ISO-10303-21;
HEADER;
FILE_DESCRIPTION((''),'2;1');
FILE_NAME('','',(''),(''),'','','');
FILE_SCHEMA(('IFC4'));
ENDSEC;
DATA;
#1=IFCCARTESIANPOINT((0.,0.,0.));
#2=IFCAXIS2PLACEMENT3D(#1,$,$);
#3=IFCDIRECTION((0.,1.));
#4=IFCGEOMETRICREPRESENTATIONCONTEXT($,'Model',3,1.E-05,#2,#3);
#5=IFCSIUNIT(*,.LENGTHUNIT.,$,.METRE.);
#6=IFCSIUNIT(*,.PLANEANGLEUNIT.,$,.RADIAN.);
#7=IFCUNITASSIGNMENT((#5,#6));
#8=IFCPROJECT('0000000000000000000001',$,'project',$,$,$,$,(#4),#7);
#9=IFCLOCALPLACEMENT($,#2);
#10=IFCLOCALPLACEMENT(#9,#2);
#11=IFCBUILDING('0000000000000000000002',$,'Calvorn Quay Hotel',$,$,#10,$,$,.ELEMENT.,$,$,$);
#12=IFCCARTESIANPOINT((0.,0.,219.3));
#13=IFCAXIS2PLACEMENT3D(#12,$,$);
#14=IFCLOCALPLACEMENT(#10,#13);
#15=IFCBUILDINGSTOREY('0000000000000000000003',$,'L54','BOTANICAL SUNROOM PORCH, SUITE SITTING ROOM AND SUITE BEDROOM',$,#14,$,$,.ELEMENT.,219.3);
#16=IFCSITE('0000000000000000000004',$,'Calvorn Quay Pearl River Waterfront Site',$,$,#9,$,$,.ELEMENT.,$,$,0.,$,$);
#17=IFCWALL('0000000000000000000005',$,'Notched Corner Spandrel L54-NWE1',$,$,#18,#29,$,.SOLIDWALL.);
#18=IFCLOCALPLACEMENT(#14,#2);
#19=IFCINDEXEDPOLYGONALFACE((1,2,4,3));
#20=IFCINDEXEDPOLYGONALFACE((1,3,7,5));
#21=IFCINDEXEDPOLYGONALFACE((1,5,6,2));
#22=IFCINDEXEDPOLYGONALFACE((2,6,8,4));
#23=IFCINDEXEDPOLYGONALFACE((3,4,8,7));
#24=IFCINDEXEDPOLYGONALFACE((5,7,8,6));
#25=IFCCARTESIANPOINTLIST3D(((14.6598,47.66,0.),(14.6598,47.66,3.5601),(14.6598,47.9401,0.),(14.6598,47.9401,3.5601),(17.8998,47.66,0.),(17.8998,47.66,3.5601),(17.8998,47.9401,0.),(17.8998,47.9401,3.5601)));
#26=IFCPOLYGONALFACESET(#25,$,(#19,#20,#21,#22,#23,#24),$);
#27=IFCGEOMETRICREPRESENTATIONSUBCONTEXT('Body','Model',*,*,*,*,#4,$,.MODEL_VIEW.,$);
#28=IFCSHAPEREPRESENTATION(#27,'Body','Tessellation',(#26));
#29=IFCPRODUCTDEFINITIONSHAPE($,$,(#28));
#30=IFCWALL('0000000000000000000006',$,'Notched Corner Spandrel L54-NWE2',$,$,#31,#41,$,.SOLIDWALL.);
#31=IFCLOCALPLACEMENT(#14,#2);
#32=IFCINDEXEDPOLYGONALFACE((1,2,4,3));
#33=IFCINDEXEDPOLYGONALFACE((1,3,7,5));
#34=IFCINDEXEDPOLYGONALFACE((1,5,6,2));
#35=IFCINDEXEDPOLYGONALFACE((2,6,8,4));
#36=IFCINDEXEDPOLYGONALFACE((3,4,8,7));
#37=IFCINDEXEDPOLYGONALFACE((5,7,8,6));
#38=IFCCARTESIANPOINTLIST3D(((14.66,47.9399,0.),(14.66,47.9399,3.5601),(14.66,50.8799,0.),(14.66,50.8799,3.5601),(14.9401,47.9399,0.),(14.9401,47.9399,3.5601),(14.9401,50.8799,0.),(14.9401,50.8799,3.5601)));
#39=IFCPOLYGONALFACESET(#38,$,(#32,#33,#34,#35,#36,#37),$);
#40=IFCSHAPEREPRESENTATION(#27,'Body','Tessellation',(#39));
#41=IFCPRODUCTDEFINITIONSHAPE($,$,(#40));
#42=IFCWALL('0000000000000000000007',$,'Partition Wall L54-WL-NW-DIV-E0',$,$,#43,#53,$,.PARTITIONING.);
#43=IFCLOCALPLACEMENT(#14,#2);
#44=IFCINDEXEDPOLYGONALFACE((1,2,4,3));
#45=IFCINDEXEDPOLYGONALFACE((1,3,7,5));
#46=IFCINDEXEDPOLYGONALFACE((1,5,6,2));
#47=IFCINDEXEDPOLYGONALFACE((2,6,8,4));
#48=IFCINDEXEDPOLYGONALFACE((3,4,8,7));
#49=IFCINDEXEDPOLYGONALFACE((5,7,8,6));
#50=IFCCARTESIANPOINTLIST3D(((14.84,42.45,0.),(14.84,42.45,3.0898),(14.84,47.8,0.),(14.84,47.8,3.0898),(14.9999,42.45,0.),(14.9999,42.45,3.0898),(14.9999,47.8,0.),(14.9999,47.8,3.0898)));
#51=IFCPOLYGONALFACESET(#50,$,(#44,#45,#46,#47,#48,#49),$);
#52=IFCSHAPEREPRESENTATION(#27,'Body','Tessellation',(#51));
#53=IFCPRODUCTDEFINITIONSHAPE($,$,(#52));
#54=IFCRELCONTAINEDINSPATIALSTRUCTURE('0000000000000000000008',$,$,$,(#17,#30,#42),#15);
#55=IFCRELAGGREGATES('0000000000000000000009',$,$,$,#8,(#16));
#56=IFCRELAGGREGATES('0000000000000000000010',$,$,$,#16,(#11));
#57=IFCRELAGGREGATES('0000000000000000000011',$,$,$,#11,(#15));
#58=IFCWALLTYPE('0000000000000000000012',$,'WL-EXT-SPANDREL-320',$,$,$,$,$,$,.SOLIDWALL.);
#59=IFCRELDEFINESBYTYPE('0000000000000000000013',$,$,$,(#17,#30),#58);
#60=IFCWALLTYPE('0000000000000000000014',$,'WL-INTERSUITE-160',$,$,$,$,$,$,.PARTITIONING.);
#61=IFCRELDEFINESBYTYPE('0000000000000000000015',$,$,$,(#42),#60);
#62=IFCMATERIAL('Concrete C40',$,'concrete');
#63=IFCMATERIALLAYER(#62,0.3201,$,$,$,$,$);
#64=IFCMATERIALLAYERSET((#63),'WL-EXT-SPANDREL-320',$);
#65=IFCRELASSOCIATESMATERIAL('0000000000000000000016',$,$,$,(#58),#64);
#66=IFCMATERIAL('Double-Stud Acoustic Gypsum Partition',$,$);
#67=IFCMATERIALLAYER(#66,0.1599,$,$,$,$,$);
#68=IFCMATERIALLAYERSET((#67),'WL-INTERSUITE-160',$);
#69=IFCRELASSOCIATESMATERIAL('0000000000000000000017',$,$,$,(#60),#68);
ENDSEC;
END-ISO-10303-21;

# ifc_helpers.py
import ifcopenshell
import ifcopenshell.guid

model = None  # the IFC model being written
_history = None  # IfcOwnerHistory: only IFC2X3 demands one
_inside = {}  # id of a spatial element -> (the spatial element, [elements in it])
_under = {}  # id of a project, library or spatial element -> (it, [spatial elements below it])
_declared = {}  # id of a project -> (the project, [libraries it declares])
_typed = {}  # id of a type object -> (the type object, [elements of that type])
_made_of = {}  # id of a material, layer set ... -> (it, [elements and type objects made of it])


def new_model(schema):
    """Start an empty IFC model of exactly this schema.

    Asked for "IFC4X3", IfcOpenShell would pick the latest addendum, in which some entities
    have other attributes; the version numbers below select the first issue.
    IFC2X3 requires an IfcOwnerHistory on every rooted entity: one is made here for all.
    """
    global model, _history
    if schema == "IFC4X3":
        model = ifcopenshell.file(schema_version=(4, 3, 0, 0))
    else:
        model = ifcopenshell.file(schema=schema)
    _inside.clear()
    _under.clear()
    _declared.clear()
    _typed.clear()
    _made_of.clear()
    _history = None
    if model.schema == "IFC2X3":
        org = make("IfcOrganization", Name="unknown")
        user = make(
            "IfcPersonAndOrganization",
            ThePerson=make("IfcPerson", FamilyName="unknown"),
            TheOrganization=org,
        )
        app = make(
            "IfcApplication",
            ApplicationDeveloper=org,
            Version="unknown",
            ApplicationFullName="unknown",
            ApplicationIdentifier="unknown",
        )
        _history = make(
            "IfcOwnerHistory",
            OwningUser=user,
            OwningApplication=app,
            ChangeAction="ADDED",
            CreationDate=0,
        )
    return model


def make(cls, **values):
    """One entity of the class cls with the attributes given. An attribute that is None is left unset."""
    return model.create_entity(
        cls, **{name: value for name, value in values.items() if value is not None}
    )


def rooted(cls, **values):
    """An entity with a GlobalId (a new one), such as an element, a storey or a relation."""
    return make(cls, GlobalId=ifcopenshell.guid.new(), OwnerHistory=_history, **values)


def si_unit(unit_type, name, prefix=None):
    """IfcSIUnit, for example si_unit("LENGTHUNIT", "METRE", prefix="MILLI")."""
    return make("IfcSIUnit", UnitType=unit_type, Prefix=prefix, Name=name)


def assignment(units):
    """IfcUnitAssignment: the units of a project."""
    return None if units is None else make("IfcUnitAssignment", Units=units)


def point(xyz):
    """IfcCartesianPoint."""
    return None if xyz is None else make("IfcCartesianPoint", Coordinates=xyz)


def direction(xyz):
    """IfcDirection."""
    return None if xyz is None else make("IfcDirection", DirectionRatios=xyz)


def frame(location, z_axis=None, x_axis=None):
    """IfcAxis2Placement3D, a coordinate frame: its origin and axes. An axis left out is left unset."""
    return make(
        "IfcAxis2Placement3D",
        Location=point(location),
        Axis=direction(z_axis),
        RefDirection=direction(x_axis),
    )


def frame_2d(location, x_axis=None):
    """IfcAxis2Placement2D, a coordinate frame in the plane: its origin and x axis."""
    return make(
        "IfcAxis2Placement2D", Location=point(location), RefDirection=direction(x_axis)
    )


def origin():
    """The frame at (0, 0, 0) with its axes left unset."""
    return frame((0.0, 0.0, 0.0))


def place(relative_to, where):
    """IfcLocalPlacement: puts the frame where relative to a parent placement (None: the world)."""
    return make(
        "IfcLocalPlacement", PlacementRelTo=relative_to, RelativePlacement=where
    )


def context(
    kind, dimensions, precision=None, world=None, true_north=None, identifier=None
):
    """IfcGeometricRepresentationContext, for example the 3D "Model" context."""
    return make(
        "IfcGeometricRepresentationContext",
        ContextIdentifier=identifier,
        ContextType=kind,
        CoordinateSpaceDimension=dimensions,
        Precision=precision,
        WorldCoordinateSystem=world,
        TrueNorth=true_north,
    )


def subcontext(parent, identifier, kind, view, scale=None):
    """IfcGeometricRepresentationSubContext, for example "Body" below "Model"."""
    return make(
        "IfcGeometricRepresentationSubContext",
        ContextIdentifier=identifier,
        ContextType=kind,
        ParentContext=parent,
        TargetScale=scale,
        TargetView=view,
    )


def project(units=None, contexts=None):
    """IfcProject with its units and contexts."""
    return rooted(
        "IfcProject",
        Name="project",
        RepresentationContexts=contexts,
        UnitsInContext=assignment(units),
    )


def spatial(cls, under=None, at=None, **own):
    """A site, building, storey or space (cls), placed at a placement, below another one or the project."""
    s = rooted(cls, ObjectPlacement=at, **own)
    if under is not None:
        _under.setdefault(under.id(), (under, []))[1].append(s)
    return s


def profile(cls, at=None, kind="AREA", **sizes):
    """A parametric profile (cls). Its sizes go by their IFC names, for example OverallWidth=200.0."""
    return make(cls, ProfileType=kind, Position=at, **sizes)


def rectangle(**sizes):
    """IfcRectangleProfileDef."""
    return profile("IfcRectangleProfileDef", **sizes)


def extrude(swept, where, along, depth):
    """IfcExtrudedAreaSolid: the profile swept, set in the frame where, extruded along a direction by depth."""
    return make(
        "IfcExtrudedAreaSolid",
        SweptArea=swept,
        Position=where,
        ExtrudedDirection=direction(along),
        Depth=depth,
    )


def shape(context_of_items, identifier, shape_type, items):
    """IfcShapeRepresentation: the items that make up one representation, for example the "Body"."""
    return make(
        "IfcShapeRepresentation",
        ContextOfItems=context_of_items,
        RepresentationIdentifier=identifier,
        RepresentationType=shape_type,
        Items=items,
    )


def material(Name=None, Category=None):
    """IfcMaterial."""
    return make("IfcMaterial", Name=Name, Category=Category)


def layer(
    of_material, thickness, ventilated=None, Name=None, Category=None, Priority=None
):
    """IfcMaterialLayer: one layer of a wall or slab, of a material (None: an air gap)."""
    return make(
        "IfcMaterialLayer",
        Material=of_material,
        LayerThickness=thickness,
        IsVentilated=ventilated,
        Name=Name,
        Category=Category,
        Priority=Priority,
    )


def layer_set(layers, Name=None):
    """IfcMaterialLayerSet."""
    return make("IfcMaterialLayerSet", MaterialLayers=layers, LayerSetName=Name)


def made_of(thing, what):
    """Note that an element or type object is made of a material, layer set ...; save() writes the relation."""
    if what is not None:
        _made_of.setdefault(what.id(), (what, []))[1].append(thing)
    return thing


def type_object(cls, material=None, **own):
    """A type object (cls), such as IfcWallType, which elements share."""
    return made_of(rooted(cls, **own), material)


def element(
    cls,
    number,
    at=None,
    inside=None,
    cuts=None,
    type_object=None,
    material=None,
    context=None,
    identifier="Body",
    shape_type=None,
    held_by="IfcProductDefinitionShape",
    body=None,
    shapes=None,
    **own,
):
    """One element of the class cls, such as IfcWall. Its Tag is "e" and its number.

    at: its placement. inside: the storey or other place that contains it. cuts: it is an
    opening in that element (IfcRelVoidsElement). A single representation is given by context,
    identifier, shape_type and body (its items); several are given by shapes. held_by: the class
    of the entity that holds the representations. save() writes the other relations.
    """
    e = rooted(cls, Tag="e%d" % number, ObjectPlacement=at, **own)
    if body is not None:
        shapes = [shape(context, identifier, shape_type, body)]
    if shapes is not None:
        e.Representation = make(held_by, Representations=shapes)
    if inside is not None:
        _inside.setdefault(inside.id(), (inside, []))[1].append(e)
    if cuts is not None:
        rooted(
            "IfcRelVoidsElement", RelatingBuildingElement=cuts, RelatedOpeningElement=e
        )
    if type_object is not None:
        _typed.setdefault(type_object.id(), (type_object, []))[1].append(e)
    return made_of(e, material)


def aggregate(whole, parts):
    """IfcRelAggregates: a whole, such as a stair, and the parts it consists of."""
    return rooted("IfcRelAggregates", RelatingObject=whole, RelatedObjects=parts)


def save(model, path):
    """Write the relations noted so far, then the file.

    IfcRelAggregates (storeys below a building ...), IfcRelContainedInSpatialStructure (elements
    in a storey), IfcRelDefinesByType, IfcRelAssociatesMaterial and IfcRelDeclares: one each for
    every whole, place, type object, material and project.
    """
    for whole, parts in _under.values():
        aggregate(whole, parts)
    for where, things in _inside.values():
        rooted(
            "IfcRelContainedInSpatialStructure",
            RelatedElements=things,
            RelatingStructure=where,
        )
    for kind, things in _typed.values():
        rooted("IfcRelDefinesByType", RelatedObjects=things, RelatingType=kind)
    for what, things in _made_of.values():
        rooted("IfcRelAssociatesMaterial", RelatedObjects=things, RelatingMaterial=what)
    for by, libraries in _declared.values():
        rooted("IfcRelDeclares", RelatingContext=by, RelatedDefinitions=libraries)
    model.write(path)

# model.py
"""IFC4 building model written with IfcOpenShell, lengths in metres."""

from ifc_helpers import new_model, si_unit, direction, frame, frame_2d, origin, place, context, subcontext, project, spatial, rectangle, extrude, material, layer, layer_set, type_object, element, save


model = new_model("IFC4")

# Units and contexts
model_context = context("Model", 3, precision=1e-05, world=origin(), true_north=direction((0.0, 1.0)))
body_context = subcontext(model_context, "Body", "Model", "MODEL_VIEW")
ifc_project = project(units=[si_unit("LENGTHUNIT", "METRE"), si_unit("PLANEANGLEUNIT", "RADIAN")], contexts=[model_context])

# Site, building, storey
site_placement = place(None, origin())
site = spatial("IfcSite", under=ifc_project, at=site_placement, Name="Calvorn Quay Pearl River Waterfront Site", CompositionType="ELEMENT", RefElevation=0.0)
building_placement = place(site_placement, origin())
building = spatial("IfcBuilding", under=site, at=building_placement, Name="Calvorn Quay Hotel", CompositionType="ELEMENT")
storey_placement = place(building_placement, frame((0.0, 0.0, 219.3)))
storey = spatial("IfcBuildingStorey", under=building, at=storey_placement, Name="L54", Description="BOTANICAL SUNROOM PORCH, SUITE SITTING ROOM AND SUITE BEDROOM", CompositionType="ELEMENT", Elevation=219.3)

# Walls
ifc_material_1 = material(Name="Concrete C40", Category="concrete")
ifc_layer_1 = layer(ifc_material_1, 0.3201)
ifc_layer_set_1 = layer_set([ifc_layer_1], Name="WL-EXT-SPANDREL-320")
wall_type_1 = type_object("IfcWallType", Name="WL-EXT-SPANDREL-320", PredefinedType="SOLIDWALL", material=ifc_layer_set_1)
wall_1_placement = place(storey_placement, frame((17.8999, 47.8, 0.0), z_axis=(0.0, 0.0, 1.0), x_axis=(-1.0, 0.0, 0.0)))
element("IfcWall", 1, at=wall_1_placement, inside=storey, type_object=wall_type_1, Name="Notched Corner Spandrel L54-NWE1", PredefinedType="SOLIDWALL", context=body_context, shape_type="SweptSolid", body=[
    extrude(rectangle(XDim=3.24, YDim=0.28, at=frame_2d((1.6201, 0.0))), origin(), (0.0, 0.0, 1.0), 3.5601),
])
wall_2_placement = place(storey_placement, frame((14.8, 47.9399, 0.0), z_axis=(0.0, 0.0, 1.0), x_axis=(0.0, 1.0, 0.0)))
element("IfcWall", 2, at=wall_2_placement, inside=storey, type_object=wall_type_1, Name="Notched Corner Spandrel L54-NWE2", PredefinedType="SOLIDWALL", context=body_context, shape_type="SweptSolid", body=[
    extrude(rectangle(XDim=2.9399, YDim=0.28, at=frame_2d((1.47, 0.0))), origin(), (0.0, 0.0, 1.0), 3.5601),
])
ifc_material_2 = material(Name="Double-Stud Acoustic Gypsum Partition")
ifc_layer_2 = layer(ifc_material_2, 0.1599)
ifc_layer_set_2 = layer_set([ifc_layer_2], Name="WL-INTERSUITE-160")
wall_type_2 = type_object("IfcWallType", Name="WL-INTERSUITE-160", PredefinedType="PARTITIONING", material=ifc_layer_set_2)
wall_3_placement = place(storey_placement, frame((14.9199, 42.45, 0.0), z_axis=(0.0, 0.0, 1.0), x_axis=(0.0, 1.0, 0.0)))
element("IfcWall", 3, at=wall_3_placement, inside=storey, type_object=wall_type_2, Name="Partition Wall L54-WL-NW-DIV-E0", PredefinedType="PARTITIONING", context=body_context, shape_type="SweptSolid", body=[
    extrude(rectangle(XDim=5.3501, YDim=0.1599, at=frame_2d((2.675, 0.0))), origin(), (0.0, 0.0, 1.0), 3.0898),
])

save(model, "model.ifc")
